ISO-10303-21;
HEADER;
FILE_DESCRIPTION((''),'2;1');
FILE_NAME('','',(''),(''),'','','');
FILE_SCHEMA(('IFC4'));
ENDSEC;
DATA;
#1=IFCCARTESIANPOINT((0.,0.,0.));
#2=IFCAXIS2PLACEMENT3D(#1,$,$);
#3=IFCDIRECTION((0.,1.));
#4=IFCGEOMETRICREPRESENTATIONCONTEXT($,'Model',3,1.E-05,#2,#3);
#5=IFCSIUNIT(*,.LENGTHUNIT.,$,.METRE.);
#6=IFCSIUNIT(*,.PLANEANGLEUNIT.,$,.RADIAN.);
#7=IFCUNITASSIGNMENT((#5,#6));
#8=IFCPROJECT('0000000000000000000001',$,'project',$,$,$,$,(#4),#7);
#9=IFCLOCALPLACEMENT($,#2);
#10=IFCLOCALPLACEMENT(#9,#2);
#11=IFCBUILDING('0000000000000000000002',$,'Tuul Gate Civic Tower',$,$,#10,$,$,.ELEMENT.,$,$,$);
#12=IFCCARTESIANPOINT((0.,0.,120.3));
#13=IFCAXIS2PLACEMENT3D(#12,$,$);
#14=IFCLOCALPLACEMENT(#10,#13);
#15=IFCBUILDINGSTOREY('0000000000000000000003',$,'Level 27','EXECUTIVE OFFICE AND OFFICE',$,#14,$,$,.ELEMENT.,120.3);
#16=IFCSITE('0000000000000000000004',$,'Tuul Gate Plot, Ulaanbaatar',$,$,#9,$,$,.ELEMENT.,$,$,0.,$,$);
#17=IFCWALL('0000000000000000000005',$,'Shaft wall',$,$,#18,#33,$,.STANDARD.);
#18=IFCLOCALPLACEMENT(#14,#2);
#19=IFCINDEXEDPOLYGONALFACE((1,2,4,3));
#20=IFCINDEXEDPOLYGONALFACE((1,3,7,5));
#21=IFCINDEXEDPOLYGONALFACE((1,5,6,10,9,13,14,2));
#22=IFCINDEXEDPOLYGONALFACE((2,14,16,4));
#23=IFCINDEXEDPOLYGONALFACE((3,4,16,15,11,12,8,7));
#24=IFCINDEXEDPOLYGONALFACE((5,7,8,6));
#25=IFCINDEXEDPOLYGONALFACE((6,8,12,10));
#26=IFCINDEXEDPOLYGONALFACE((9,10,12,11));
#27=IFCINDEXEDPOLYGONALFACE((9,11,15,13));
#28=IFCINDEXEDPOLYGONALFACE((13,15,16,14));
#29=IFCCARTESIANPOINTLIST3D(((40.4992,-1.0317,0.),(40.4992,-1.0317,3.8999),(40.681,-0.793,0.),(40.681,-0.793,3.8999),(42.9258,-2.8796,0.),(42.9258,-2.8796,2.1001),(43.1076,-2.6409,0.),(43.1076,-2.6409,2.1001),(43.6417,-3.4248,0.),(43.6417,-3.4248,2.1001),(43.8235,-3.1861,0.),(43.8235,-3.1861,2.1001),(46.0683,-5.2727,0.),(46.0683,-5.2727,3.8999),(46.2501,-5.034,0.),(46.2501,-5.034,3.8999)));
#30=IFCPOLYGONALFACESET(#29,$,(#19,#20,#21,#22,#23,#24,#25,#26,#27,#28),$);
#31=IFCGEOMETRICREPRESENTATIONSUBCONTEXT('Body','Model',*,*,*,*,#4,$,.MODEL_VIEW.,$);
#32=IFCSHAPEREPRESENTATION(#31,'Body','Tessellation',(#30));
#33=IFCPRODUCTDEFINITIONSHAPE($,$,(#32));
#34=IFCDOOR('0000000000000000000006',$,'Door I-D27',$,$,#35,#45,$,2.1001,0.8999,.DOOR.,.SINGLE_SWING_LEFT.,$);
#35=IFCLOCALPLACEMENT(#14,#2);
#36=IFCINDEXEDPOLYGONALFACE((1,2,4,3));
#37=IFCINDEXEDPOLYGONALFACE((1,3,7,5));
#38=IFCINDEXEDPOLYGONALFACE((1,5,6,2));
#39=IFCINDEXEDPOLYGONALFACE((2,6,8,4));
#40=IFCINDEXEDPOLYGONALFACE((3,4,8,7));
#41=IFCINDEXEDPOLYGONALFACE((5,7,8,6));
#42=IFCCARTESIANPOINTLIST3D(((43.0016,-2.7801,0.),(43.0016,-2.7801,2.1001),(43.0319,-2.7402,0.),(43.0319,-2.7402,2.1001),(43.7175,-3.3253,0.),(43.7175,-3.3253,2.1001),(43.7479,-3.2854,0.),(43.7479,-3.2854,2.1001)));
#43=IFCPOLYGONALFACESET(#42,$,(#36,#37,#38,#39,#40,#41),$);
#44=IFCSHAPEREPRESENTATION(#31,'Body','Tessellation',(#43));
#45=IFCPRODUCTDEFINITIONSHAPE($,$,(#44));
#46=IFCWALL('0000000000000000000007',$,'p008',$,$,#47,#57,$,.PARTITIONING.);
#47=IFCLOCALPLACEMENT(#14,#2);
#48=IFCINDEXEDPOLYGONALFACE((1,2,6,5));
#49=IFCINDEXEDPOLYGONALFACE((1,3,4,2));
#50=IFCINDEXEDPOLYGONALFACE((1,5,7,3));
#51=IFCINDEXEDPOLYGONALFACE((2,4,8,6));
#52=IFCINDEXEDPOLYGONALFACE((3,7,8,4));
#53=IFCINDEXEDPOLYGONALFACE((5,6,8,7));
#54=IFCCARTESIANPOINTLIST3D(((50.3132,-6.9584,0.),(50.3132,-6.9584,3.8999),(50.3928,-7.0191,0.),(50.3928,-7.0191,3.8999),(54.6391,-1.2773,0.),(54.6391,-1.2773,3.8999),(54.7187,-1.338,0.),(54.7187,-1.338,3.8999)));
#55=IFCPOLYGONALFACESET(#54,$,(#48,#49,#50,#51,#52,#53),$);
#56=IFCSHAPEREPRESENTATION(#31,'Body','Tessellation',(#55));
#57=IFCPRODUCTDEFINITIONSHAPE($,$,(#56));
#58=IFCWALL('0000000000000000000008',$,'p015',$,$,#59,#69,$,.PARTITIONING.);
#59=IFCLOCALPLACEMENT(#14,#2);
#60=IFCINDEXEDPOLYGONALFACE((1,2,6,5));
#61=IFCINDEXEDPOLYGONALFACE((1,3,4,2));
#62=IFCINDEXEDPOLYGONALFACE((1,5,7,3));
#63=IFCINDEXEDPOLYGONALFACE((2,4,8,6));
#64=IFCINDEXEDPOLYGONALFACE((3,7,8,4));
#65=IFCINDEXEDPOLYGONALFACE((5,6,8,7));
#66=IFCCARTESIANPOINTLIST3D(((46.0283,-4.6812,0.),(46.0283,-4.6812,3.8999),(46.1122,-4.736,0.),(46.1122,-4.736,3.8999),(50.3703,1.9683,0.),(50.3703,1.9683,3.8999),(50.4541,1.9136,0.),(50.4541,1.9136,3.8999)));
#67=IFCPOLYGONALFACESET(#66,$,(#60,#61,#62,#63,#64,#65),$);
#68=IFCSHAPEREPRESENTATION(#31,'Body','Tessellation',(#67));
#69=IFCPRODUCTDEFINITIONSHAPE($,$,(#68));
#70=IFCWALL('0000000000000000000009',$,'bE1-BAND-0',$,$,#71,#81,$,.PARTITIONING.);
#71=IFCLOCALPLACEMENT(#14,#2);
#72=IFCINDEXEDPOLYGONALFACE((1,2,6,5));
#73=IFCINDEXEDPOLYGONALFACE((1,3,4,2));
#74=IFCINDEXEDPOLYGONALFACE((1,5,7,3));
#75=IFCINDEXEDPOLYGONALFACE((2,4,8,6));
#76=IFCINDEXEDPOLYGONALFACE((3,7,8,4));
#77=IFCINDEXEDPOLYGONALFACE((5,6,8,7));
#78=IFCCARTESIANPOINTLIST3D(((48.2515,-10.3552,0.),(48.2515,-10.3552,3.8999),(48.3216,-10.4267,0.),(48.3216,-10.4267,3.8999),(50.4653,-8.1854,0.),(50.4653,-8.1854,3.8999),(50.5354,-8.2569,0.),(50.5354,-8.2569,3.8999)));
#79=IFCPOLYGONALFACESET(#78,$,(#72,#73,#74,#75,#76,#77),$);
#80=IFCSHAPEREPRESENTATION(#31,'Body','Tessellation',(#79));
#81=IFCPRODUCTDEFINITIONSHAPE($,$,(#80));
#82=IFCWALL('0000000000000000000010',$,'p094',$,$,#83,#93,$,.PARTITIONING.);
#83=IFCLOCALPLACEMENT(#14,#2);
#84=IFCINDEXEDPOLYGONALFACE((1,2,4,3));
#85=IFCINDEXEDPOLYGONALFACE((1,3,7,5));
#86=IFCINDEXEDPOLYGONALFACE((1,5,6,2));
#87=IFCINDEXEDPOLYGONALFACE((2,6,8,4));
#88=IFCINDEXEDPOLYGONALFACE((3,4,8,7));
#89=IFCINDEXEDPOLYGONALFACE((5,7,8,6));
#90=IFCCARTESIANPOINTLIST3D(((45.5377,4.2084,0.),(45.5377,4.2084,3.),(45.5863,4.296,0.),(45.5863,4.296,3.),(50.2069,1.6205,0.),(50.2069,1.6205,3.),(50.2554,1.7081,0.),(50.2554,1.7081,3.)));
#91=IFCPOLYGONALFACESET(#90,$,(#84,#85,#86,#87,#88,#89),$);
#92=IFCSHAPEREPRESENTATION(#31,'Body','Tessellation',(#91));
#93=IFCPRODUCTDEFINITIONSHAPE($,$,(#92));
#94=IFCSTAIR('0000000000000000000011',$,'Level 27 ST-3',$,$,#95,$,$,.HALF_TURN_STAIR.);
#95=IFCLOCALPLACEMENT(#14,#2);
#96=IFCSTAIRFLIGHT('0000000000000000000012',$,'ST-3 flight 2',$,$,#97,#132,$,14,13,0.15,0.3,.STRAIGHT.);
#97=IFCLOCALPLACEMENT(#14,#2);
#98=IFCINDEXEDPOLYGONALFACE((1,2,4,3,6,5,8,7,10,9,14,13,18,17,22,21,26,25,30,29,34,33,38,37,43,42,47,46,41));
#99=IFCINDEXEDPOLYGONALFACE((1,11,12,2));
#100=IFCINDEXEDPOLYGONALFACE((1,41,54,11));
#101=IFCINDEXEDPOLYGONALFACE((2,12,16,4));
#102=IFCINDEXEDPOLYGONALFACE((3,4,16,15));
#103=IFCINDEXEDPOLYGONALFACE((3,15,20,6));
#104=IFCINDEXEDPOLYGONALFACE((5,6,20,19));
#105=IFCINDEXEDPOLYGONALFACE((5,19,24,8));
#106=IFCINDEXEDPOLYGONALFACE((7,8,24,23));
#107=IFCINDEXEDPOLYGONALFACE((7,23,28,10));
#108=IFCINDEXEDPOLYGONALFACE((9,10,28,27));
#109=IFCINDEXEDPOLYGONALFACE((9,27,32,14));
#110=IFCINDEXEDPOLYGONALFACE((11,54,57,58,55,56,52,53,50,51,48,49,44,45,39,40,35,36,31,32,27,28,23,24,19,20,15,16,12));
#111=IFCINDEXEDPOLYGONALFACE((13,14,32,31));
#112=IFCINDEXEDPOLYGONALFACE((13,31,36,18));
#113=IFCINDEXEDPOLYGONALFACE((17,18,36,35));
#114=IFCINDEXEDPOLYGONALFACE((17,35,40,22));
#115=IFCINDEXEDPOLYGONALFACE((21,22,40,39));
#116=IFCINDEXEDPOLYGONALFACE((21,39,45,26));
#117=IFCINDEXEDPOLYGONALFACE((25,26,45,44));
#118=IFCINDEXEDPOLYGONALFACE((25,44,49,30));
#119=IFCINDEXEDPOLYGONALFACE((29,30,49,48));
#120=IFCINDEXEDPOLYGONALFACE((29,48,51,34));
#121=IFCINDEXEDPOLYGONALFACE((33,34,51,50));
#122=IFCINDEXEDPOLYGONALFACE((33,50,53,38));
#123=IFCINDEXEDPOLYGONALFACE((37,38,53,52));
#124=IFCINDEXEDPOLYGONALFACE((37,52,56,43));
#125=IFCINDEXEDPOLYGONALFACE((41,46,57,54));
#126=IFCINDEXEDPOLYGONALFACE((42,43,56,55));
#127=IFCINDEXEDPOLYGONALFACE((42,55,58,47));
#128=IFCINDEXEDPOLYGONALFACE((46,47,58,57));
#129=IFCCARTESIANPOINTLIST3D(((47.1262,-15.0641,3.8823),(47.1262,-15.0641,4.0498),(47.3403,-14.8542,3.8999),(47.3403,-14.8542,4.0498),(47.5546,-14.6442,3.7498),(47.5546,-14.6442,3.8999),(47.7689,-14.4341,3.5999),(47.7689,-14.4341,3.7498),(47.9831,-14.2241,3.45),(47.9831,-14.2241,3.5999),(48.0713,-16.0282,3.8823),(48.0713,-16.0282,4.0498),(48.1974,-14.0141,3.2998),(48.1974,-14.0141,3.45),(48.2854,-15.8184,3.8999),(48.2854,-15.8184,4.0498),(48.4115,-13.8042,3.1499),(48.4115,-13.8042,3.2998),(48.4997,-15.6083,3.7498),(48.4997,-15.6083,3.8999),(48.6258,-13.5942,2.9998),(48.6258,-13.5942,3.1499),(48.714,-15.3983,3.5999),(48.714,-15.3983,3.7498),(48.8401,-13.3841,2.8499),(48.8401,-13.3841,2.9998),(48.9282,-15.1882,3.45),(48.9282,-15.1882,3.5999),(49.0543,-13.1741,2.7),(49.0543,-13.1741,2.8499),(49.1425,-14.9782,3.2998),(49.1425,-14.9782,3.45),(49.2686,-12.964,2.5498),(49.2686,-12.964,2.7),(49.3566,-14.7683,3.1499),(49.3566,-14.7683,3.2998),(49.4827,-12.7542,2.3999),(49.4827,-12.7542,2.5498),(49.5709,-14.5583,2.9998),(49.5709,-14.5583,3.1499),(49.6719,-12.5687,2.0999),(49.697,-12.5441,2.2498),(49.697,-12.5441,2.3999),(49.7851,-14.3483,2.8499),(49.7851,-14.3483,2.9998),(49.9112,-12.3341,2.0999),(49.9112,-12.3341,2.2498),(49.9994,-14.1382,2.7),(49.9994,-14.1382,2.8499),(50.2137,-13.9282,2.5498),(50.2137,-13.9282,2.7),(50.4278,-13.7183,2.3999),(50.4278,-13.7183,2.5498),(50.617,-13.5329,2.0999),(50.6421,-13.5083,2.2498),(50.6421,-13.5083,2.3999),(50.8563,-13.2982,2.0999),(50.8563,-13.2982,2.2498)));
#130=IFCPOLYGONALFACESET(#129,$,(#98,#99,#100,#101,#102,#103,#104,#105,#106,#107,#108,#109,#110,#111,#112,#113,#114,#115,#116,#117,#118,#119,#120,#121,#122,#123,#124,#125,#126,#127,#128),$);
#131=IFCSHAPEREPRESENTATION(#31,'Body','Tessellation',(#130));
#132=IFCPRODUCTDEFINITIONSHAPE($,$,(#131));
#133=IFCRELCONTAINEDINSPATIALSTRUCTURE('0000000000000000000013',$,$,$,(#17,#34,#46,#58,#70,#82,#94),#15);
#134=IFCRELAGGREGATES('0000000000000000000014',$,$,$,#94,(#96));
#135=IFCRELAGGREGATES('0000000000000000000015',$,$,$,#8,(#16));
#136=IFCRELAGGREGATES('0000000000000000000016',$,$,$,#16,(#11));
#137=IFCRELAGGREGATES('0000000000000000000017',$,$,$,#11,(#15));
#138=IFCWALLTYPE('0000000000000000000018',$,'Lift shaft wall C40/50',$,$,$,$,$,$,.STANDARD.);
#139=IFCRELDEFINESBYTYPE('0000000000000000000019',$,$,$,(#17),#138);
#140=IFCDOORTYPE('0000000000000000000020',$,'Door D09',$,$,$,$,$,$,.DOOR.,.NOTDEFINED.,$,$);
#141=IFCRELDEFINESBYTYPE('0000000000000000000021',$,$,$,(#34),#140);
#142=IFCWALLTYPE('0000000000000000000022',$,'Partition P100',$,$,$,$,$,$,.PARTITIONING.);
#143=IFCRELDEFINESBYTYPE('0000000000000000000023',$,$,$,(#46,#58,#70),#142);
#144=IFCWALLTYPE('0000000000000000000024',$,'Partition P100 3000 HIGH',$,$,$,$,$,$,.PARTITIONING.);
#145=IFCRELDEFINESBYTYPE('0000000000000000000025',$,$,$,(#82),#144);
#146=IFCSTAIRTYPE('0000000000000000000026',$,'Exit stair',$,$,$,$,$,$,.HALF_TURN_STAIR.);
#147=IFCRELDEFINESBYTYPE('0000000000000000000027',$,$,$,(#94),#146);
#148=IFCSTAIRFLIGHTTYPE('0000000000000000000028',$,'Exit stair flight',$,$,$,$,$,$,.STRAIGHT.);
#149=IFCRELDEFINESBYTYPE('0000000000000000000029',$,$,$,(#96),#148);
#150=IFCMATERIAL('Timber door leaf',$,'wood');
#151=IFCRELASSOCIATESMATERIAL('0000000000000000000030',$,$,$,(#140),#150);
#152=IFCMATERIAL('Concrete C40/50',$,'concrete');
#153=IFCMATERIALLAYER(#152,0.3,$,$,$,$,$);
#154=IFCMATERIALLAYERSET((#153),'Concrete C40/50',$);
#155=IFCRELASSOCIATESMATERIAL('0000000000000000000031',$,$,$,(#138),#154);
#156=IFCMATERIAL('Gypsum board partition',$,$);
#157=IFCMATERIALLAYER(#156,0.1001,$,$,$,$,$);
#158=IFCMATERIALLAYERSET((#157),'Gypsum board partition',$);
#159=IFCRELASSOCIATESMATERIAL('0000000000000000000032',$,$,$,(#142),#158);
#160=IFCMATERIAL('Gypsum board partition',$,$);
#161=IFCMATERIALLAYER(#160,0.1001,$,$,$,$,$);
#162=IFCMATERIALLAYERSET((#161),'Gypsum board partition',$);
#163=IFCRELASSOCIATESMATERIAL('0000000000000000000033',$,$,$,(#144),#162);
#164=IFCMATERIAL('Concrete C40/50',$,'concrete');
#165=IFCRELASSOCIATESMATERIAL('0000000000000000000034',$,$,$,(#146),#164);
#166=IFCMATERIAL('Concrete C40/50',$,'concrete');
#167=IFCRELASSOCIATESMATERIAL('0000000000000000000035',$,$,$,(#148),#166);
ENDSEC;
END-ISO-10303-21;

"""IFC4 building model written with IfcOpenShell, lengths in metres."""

from ifc_helpers import new_model, si_unit, direction, frame, frame_2d, origin, place, context, subcontext, project, spatial, polyline, rectangle, outline, extrude, material, layer, layer_set, type_object, element, fill, aggregate, save


model = new_model("IFC4")

# Units and contexts
model_context = context("Model", 3, precision=1e-05, world=origin(), true_north=direction((0.0, 1.0)))
body_context = subcontext(model_context, "Body", "Model", "MODEL_VIEW")
ifc_project = project(units=[si_unit("LENGTHUNIT", "METRE"), si_unit("PLANEANGLEUNIT", "RADIAN")], contexts=[model_context])

# Site, building, storey
site_placement = place(None, origin())
site = spatial("IfcSite", under=ifc_project, at=site_placement, Name="Tuul Gate Plot, Ulaanbaatar", CompositionType="ELEMENT", RefElevation=0.0)
building_placement = place(site_placement, origin())
building = spatial("IfcBuilding", under=site, at=building_placement, Name="Tuul Gate Civic Tower", CompositionType="ELEMENT")
storey_placement = place(building_placement, frame((0.0, 0.0, 120.3)))
storey = spatial("IfcBuildingStorey", under=building, at=storey_placement, Name="Level 27", Description="EXECUTIVE OFFICE AND OFFICE", CompositionType="ELEMENT", Elevation=120.3)

# Shared definitions
ifc_material_1 = material(Name="Timber door leaf", Category="wood")
door_type_1 = type_object("IfcDoorType", Name="Door D09", OperationType="NOTDEFINED", PredefinedType="DOOR", material=ifc_material_1)

# Shared definitions
ifc_material_2 = material(Name="Concrete C40/50", Category="concrete")
ifc_layer_1 = layer(ifc_material_2, 0.3)
ifc_layer_set_1 = layer_set([ifc_layer_1], Name="Concrete C40/50")
wall_type_1 = type_object("IfcWallType", Name="Lift shaft wall C40/50", PredefinedType="STANDARD", material=ifc_layer_set_1)

# Wall, opening, door
wall_1_placement = place(storey_placement, frame((46.1592, -5.1533, 0.0), z_axis=(0.0, 0.0, 1.0), x_axis=(-0.79558, 0.605849, 0.0)))
wall_1 = element("IfcWall", 1, at=wall_1_placement, inside=storey, type_object=wall_type_1, Name="Shaft wall", PredefinedType="STANDARD", context=body_context, shape_type="SweptSolid", body=[
    extrude(rectangle(XDim=7.0, YDim=0.3, at=frame_2d((3.5, 0.0))), origin(), (0.0, 0.0, 1.0), 3.8999),
])
opening_1_placement = place(wall_1_placement, frame((3.05, 0.0, 0.0)))
opening_1 = element("IfcOpeningElement", 2, at=opening_1_placement, cuts=wall_1, PredefinedType="OPENING", context=body_context, shape_type="SweptSolid", body=[
    extrude(rectangle(XDim=0.8999, YDim=2.1001, at=frame_2d((0.45, 1.05))), frame((0.0, 0.1602, 0.0), z_axis=(0.0, -1.0, 0.0), x_axis=(1.0, 0.0, 0.0)), (0.0, 0.0, 1.0), 0.3201),
])
door_1_placement = place(opening_1_placement, origin())
door_1 = element("IfcDoor", 3, at=door_1_placement, inside=storey, type_object=door_type_1, Name="Door I-D27", OperationType="SINGLE_SWING_LEFT", OverallHeight=2.1001, OverallWidth=0.8999, PredefinedType="DOOR", context=body_context, shape_type="SweptSolid", body=[
    extrude(rectangle(XDim=0.8999, YDim=2.1001, at=frame_2d((0.45, 1.05))), frame((0.0, 0.0249, 0.0), z_axis=(0.0, -1.0, 0.0), x_axis=(1.0, 0.0, 0.0)), (0.0, 0.0, 1.0), 0.05),
])
fill(opening_1, door_1)

# Walls
ifc_material_3 = material(Name="Gypsum board partition")
ifc_layer_2 = layer(ifc_material_3, 0.1001)
ifc_layer_set_2 = layer_set([ifc_layer_2], Name="Gypsum board partition")
wall_type_2 = type_object("IfcWallType", Name="Partition P100", PredefinedType="PARTITIONING", material=ifc_layer_set_2)
wall_2_placement = place(storey_placement, frame((50.353, -6.9888, 0.0), z_axis=(0.0, 0.0, 1.0), x_axis=(0.605816, 0.795605, 0.0)))
element("IfcWall", 4, at=wall_2_placement, inside=storey, type_object=wall_type_2, Name="p008", PredefinedType="PARTITIONING", context=body_context, shape_type="SweptSolid", body=[
    extrude(rectangle(XDim=7.1406, YDim=0.1001, at=frame_2d((3.5703, 0.0))), origin(), (0.0, 0.0, 1.0), 3.8999),
])
wall_3_placement = place(storey_placement, frame((46.0703, -4.7085, 0.0), z_axis=(0.0, 0.0, 1.0), x_axis=(0.546737, 0.837305, 0.0)))
element("IfcWall", 5, at=wall_3_placement, inside=storey, type_object=wall_type_2, Name="p015", PredefinedType="PARTITIONING", context=body_context, shape_type="SweptSolid", body=[
    extrude(rectangle(XDim=7.9417, YDim=0.1001, at=frame_2d((3.9707, 0.0))), origin(), (0.0, 0.0, 1.0), 3.8999),
])
wall_4_placement = place(storey_placement, frame((48.2866, -10.3909, 0.0), z_axis=(0.0, 0.0, 1.0), x_axis=(0.714159, 0.699983, 0.0)))
element("IfcWall", 6, at=wall_4_placement, inside=storey, type_object=wall_type_2, Name="bE1-BAND-0", PredefinedType="PARTITIONING", context=body_context, shape_type="SweptSolid", body=[
    extrude(rectangle(XDim=3.0999, YDim=0.1001, at=frame_2d((1.5498, 0.0))), origin(), (0.0, 0.0, 1.0), 3.8999),
])
ifc_material_4 = material(Name="Gypsum board partition")
ifc_layer_3 = layer(ifc_material_4, 0.1001)
ifc_layer_set_3 = layer_set([ifc_layer_3], Name="Gypsum board partition")
wall_type_3 = type_object("IfcWallType", Name="Partition P100 3000 HIGH", PredefinedType="PARTITIONING", material=ifc_layer_set_3)
wall_5_placement = place(storey_placement, frame((45.562, 4.2522, 0.0), z_axis=(0.0, 0.0, 1.0), x_axis=(0.874642, -0.484769, 0.0)))
element("IfcWall", 7, at=wall_5_placement, inside=storey, type_object=wall_type_3, Name="p094", PredefinedType="PARTITIONING", context=body_context, shape_type="SweptSolid", body=[
    extrude(rectangle(XDim=5.3384, YDim=0.1001, at=frame_2d((2.6692, 0.0))), origin(), (0.0, 0.0, 1.0), 3.0),
])

# Stair, stair flight
ifc_material_5 = material(Name="Concrete C40/50", Category="concrete")
stair_type = type_object("IfcStairType", Name="Exit stair", PredefinedType="HALF_TURN_STAIR", material=ifc_material_5)
stair_placement = place(storey_placement, origin())
stair = element("IfcStair", 8, at=stair_placement, inside=storey, type_object=stair_type, Name="Level 27 ST-3", PredefinedType="HALF_TURN_STAIR")
ifc_material_6 = material(Name="Concrete C40/50", Category="concrete")
stair_flight_type = type_object("IfcStairFlightType", Name="Exit stair flight", PredefinedType="STRAIGHT", material=ifc_material_6)
stair_flight_placement = place(storey_placement, frame((50.3838, -12.8162, 2.0999), z_axis=(0.0, 0.0, 1.0), x_axis=(-0.714127, -0.700016, 0.0)))
stair_flight = element("IfcStairFlight", 9, at=stair_flight_placement, type_object=stair_flight_type, Name="ST-3 flight 2", NumberOfRisers=14, NumberOfTreads=13, PredefinedType="STRAIGHT", RiserHeight=0.15, TreadLength=0.3, context=body_context, shape_type="SweptSolid", body=[
    extrude(outline(polyline([(0.0, 0.0), (0.0, 0.1499), (0.3, 0.1499), (0.3, 0.3), (0.6001, 0.3), (0.6001, 0.45), (0.8999, 0.45), (0.8999, 0.6001), (1.2, 0.6001), (1.2, 0.75), (1.5, 0.75), (1.5, 0.8999), (1.8, 0.8999), (1.8, 1.05), (2.1001, 1.05), (2.1001, 1.2), (2.3999, 1.2), (2.3999, 1.3501), (2.7, 1.3501), (2.7, 1.5), (3.0, 1.5), (3.0, 1.6499), (3.3, 1.6499), (3.3, 1.8), (3.6001, 1.8), (3.6001, 1.95), (3.8999, 1.95), (3.8999, 2.1001), (3.8999, 1.7825), (0.3352, 0.0), (0.0, 0.0)])), frame((0.0, 0.675, 0.0), z_axis=(0.0, -1.0, 0.0), x_axis=(1.0, 0.0, 0.0)), (0.0, 0.0, 1.0), 1.3501),
])
aggregate(stair, [stair_flight])

save(model, "model.ifc")
